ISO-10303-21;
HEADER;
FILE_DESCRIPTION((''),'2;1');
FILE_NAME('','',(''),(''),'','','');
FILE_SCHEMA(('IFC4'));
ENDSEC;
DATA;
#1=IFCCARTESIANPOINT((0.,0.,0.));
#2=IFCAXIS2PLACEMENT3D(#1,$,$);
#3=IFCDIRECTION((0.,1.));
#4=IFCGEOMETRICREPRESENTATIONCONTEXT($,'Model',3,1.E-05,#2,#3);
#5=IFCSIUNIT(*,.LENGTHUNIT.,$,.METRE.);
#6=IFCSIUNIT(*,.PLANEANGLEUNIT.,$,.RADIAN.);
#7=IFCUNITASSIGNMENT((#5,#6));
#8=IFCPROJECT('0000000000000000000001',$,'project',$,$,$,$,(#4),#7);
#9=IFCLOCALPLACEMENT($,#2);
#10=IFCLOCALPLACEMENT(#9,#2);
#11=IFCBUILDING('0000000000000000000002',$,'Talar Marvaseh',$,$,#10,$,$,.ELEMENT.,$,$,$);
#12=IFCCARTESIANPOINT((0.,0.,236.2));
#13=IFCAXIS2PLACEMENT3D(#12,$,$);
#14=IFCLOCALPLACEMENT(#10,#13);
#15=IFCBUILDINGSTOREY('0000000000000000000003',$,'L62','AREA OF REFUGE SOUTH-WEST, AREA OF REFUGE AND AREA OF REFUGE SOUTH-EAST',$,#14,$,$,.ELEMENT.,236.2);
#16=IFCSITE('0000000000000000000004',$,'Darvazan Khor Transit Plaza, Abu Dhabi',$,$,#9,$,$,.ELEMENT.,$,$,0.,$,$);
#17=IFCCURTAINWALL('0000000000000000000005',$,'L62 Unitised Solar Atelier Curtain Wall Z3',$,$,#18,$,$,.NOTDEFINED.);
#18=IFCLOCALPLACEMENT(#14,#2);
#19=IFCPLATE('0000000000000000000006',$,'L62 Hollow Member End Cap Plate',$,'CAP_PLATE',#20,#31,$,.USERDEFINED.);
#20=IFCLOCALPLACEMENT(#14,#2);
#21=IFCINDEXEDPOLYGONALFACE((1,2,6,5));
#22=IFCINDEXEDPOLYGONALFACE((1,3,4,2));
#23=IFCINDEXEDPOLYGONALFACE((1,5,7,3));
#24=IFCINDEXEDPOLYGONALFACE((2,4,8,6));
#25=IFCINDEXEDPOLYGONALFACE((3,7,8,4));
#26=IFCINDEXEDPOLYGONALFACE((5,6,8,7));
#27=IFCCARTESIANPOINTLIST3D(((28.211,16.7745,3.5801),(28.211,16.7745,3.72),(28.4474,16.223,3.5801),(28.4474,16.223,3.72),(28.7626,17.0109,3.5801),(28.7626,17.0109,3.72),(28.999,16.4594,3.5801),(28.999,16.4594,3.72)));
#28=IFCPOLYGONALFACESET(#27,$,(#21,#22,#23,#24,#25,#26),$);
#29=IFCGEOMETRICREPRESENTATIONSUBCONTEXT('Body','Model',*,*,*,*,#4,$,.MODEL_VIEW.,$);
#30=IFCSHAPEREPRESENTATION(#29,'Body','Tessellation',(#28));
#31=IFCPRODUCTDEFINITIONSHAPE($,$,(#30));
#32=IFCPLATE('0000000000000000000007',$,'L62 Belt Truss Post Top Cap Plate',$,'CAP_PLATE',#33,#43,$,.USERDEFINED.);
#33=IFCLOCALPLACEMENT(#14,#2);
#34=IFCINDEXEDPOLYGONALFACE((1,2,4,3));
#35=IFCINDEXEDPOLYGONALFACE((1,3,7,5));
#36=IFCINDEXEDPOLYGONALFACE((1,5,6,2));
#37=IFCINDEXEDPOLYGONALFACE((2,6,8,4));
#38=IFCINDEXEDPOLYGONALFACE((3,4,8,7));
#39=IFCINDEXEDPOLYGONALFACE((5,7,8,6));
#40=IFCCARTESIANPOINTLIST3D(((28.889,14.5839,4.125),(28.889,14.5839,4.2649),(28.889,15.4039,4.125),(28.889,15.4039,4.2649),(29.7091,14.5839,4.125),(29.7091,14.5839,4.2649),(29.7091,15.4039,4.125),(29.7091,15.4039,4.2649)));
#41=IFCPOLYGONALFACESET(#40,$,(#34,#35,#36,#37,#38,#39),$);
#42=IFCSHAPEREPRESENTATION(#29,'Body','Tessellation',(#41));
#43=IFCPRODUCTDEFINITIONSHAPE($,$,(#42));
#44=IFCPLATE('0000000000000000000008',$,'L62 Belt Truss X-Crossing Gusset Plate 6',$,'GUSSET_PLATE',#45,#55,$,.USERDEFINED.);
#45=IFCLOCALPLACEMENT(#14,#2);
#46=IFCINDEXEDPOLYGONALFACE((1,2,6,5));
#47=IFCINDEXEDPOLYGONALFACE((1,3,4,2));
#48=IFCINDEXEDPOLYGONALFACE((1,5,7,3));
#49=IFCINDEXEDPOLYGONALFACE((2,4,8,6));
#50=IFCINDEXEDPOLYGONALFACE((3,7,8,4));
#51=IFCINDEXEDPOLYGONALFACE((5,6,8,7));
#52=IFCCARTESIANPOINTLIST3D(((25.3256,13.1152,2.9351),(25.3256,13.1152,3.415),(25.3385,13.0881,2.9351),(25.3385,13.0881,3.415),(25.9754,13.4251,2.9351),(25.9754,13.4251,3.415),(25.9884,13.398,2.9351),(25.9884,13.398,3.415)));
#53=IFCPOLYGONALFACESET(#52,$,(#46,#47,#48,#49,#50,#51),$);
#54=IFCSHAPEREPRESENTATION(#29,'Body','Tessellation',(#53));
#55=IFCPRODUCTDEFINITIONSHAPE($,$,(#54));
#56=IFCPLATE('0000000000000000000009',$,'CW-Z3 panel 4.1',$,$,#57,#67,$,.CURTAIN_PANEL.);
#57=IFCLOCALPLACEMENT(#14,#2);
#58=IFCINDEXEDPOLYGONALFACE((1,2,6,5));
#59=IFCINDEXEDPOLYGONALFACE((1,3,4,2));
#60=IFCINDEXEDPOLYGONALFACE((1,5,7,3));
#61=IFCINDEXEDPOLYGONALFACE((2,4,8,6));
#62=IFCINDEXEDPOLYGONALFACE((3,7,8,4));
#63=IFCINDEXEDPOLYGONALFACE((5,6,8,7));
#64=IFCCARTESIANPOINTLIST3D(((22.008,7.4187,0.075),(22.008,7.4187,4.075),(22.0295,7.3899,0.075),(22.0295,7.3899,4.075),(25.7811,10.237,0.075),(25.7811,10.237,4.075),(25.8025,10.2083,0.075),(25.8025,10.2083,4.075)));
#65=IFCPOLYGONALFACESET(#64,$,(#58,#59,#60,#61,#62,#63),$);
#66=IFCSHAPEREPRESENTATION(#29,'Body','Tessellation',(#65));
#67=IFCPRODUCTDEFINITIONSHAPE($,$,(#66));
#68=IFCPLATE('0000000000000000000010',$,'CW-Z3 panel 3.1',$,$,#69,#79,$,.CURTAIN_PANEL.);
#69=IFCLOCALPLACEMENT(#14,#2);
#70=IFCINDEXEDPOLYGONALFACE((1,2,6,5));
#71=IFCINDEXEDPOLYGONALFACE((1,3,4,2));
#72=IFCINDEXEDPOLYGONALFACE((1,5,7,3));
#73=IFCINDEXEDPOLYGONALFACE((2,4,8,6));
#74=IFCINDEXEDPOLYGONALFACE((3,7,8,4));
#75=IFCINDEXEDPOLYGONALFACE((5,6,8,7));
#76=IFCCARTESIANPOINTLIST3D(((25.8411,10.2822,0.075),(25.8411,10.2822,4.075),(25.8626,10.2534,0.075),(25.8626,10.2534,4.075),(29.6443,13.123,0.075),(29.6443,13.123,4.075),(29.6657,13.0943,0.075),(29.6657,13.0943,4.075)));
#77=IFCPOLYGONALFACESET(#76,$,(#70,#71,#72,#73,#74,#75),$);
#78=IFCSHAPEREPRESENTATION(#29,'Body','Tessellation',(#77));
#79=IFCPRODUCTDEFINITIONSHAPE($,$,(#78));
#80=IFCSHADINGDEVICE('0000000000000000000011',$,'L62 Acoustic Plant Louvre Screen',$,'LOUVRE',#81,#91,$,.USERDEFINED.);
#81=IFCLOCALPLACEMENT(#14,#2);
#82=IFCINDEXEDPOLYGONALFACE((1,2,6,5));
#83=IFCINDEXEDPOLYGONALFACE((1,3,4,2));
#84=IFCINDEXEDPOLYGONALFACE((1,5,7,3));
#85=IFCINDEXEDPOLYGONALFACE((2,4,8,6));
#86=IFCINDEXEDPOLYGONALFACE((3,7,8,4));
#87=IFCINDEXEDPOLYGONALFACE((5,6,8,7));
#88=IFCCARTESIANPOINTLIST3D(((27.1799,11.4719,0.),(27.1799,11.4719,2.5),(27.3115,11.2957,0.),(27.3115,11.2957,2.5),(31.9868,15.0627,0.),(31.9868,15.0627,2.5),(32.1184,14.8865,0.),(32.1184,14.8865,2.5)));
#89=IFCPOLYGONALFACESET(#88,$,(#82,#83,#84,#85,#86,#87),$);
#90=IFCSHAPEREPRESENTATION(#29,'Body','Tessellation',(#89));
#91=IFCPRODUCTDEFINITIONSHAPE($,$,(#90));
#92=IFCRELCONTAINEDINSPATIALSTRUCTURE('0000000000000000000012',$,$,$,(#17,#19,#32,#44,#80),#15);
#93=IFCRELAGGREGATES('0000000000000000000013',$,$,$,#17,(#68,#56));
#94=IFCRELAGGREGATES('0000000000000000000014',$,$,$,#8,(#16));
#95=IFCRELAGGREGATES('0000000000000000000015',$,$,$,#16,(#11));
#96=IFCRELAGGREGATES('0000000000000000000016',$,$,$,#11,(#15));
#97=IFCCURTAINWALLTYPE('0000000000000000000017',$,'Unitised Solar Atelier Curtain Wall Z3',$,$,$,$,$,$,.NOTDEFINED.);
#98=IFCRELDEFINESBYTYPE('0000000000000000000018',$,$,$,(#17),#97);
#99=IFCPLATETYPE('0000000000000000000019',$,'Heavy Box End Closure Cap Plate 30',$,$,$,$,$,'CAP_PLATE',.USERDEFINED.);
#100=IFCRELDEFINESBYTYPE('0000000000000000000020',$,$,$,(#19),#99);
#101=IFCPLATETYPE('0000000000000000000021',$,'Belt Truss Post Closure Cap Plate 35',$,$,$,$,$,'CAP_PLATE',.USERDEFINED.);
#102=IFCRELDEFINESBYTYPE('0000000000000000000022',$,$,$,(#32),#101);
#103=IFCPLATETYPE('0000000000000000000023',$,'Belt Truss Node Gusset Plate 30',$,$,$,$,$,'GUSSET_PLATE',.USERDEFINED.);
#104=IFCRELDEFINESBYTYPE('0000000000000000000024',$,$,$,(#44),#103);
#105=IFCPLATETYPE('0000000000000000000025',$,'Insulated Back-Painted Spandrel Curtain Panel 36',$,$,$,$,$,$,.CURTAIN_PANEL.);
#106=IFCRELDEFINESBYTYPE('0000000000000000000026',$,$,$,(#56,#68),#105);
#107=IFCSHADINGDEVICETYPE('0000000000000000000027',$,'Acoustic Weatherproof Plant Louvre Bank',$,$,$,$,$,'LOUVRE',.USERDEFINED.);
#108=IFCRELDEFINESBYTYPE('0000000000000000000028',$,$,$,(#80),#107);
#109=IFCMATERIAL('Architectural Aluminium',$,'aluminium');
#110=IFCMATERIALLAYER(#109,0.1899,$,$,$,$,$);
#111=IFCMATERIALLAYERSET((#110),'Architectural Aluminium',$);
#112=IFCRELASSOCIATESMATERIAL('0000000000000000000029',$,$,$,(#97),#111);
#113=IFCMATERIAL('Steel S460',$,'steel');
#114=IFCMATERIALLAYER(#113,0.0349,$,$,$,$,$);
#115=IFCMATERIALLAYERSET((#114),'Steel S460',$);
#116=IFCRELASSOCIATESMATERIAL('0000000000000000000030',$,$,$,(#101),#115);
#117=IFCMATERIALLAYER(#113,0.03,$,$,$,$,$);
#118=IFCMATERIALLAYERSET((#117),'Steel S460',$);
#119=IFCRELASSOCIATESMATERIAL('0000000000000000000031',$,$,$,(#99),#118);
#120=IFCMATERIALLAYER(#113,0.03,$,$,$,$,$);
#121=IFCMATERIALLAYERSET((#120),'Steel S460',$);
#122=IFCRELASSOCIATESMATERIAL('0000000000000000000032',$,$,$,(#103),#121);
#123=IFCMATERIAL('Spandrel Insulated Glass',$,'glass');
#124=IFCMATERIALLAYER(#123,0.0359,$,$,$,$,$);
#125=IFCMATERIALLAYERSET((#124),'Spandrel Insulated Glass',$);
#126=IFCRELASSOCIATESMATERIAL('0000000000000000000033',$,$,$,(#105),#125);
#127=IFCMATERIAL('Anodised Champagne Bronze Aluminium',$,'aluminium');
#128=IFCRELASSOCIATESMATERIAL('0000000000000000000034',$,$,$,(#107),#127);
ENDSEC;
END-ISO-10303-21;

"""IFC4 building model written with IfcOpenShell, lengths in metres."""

from ifc_helpers import new_model, si_unit, direction, frame, origin, origin_2d, place, context, subcontext, project, spatial, rectangle, extrude, source, transform, mapped, material, layer, layer_set, type_object, type_shapes, element, aggregate, save


model = new_model("IFC4")

# Units and contexts
model_context = context("Model", 3, precision=1e-05, world=origin(), true_north=direction((0.0, 1.0)))
body_context = subcontext(model_context, "Body", "Model", "MODEL_VIEW")
ifc_project = project(units=[si_unit("LENGTHUNIT", "METRE"), si_unit("PLANEANGLEUNIT", "RADIAN")], contexts=[model_context])

# Site, building, storey
site_placement = place(None, origin())
site = spatial("IfcSite", under=ifc_project, at=site_placement, Name="Darvazan Khor Transit Plaza, Abu Dhabi", CompositionType="ELEMENT", RefElevation=0.0)
building_placement = place(site_placement, origin())
building = spatial("IfcBuilding", under=site, at=building_placement, Name="Talar Marvaseh", CompositionType="ELEMENT")
storey_placement = place(building_placement, frame((0.0, 0.0, 236.2)))
storey = spatial("IfcBuildingStorey", under=building, at=storey_placement, Name="L62", Description="AREA OF REFUGE SOUTH-WEST, AREA OF REFUGE AND AREA OF REFUGE SOUTH-EAST", CompositionType="ELEMENT", Elevation=236.2)

# Shared definitions
ifc_material_1 = material(Name="Steel S460", Category="steel")

# Curtain wall
ifc_material_2 = material(Name="Architectural Aluminium", Category="aluminium")
ifc_layer_1 = layer(ifc_material_2, 0.1899)
ifc_layer_set_1 = layer_set([ifc_layer_1], Name="Architectural Aluminium")
curtain_wall_type = type_object("IfcCurtainWallType", Name="Unitised Solar Atelier Curtain Wall Z3", PredefinedType="NOTDEFINED", material=ifc_layer_set_1)
curtain_wall_placement = place(storey_placement, origin())
curtain_wall = element("IfcCurtainWall", 1, at=curtain_wall_placement, inside=storey, type_object=curtain_wall_type, Name="L62 Unitised Solar Atelier Curtain Wall Z3", PredefinedType="NOTDEFINED")

# Plates
ifc_layer_2 = layer(ifc_material_1, 0.0349)
ifc_layer_set_2 = layer_set([ifc_layer_2], Name="Steel S460")
plate_type_1 = type_object("IfcPlateType", Name="Belt Truss Post Closure Cap Plate 35", ElementType="CAP_PLATE", PredefinedType="USERDEFINED", material=ifc_layer_set_2)
ifc_layer_3 = layer(ifc_material_1, 0.03)
ifc_layer_set_3 = layer_set([ifc_layer_3], Name="Steel S460")
plate_type_2 = type_object("IfcPlateType", Name="Heavy Box End Closure Cap Plate 30", ElementType="CAP_PLATE", PredefinedType="USERDEFINED", material=ifc_layer_set_3)
shared_shape_1 = source(origin(), body_context, "Body", "SweptSolid", [
    extrude(rectangle(XDim=0.6001, YDim=0.6001, at=origin_2d()), origin(), (0.0, 0.0, 1.0), 0.1399),
])
type_shapes(plate_type_2, [shared_shape_1])
for number, where, z_axis, x_axis, name in (
    (2, (28.605, 16.6169, 3.5801), (0.0, 0.0, 1.0), (-0.393942, 0.919135, 0.0), "L62 Hollow Member End Cap Plate"),
):
    element("IfcPlate", number, at=place(storey_placement, frame(where, z_axis=z_axis, x_axis=x_axis)), inside=storey, type_object=plate_type_2, Name=name, ObjectType="CAP_PLATE", PredefinedType="USERDEFINED", context=body_context, shape_type="MappedRepresentation", body=[
        mapped(shared_shape_1, transform((0.0, 0.0, 0.0), x_axis=(1.0, 0.0, 0.0), y_axis=(0.0, 1.0, 0.0), z_axis=(0.0, 0.0, 1.0), scale=1.0)),
    ])
shared_shape_2 = source(origin(), body_context, "Body", "SweptSolid", [
    extrude(rectangle(XDim=0.8201, YDim=0.8201, at=origin_2d()), origin(), (0.0, 0.0, 1.0), 0.1399),
])
plate_1_placement = place(storey_placement, frame((29.2991, 14.9939, 4.125), z_axis=(0.0, 0.0, 1.0), x_axis=(1.0, 0.0, 0.0)))
element("IfcPlate", 3, at=plate_1_placement, inside=storey, type_object=plate_type_1, Name="L62 Belt Truss Post Top Cap Plate", ObjectType="CAP_PLATE", PredefinedType="USERDEFINED", context=body_context, shape_type="MappedRepresentation", body=[
    mapped(shared_shape_2, transform((0.0, 0.0, 0.0), x_axis=(1.0, 0.0, 0.0), y_axis=(0.0, 1.0, 0.0), z_axis=(0.0, 0.0, 1.0), scale=1.0)),
])
ifc_layer_4 = layer(ifc_material_1, 0.03)
ifc_layer_set_4 = layer_set([ifc_layer_4], Name="Steel S460")
plate_type_3 = type_object("IfcPlateType", Name="Belt Truss Node Gusset Plate 30", ElementType="GUSSET_PLATE", PredefinedType="USERDEFINED", material=ifc_layer_set_4)
shared_shape_3 = source(origin(), body_context, "Body", "SweptSolid", [
    extrude(rectangle(XDim=0.72, YDim=0.03, at=origin_2d()), origin(), (0.0, 0.0, 1.0), 0.48),
])
type_shapes(plate_type_3, [shared_shape_3])
plate_2_placement = place(storey_placement, frame((25.657, 13.2566, 2.9351), z_axis=(0.0, 0.0, 1.0), x_axis=(-0.902585, -0.430511, 0.0)))
element("IfcPlate", 4, at=plate_2_placement, inside=storey, type_object=plate_type_3, Name="L62 Belt Truss X-Crossing Gusset Plate 6", ObjectType="GUSSET_PLATE", PredefinedType="USERDEFINED", context=body_context, shape_type="MappedRepresentation", body=[
    mapped(shared_shape_3, transform((0.0, 0.0, 0.0), x_axis=(1.0, 0.0, 0.0), y_axis=(0.0, 1.0, 0.0), z_axis=(0.0, 0.0, 1.0), scale=1.0)),
])

# Plates
ifc_material_3 = material(Name="Spandrel Insulated Glass", Category="glass")
ifc_layer_5 = layer(ifc_material_3, 0.0359)
ifc_layer_set_5 = layer_set([ifc_layer_5], Name="Spandrel Insulated Glass")
plate_type_4 = type_object("IfcPlateType", Name="Insulated Back-Painted Spandrel Curtain Panel 36", PredefinedType="CURTAIN_PANEL", material=ifc_layer_set_5)
shared_shape_4 = source(origin(), body_context, "Body", "SweptSolid", [
    extrude(rectangle(XDim=4.7095, YDim=0.0359, at=origin_2d()), origin(), (0.0, 0.0, 1.0), 4.0),
])
plate_3_placement = place(storey_placement, frame((23.9053, 8.8135, 0.075), z_axis=(0.0, 0.0, 1.0), x_axis=(-0.801162, -0.598448, 0.0)))
plate_3 = element("IfcPlate", 5, at=plate_3_placement, type_object=plate_type_4, Name="CW-Z3 panel 4.1", PredefinedType="CURTAIN_PANEL", context=body_context, shape_type="MappedRepresentation", body=[
    mapped(shared_shape_4, transform((0.0, 0.0, 0.0), x_axis=(1.0, 0.0, 0.0), y_axis=(0.0, 1.0, 0.0), z_axis=(0.0, 0.0, 1.0), scale=1.0)),
])
shared_shape_5 = source(origin(), body_context, "Body", "SweptSolid", [
    extrude(rectangle(XDim=4.7471, YDim=0.0359, at=origin_2d()), origin(), (0.0, 0.0, 1.0), 4.0),
])
type_shapes(plate_type_4, [shared_shape_4, shared_shape_5])
plate_4_placement = place(storey_placement, frame((27.7534, 11.6882, 0.075), z_axis=(0.0, 0.0, 1.0), x_axis=(-0.801162, -0.598448, 0.0)))
plate_4 = element("IfcPlate", 6, at=plate_4_placement, type_object=plate_type_4, Name="CW-Z3 panel 3.1", PredefinedType="CURTAIN_PANEL", context=body_context, shape_type="MappedRepresentation", body=[
    mapped(shared_shape_5, transform((0.0, 0.0, 0.0), x_axis=(1.0, 0.0, 0.0), y_axis=(0.0, 1.0, 0.0), z_axis=(0.0, 0.0, 1.0), scale=1.0)),
])
aggregate(curtain_wall, [plate_4, plate_3])

# Shading device
ifc_material_4 = material(Name="Anodised Champagne Bronze Aluminium", Category="aluminium")
shading_device_type = type_object("IfcShadingDeviceType", Name="Acoustic Weatherproof Plant Louvre Bank", ElementType="LOUVRE", PredefinedType="USERDEFINED", material=ifc_material_4)
shared_shape_6 = source(origin(), body_context, "Body", "SweptSolid", [
    extrude(rectangle(XDim=6.0, YDim=0.22, at=origin_2d()), origin(), (0.0, 0.0, 1.0), 2.5),
])
type_shapes(shading_device_type, [shared_shape_6])
shading_device_placement = place(storey_placement, frame((29.6492, 13.1792, 0.0), z_axis=(0.0, 0.0, 1.0), x_axis=(-0.801149, -0.598464, 0.0)))
element("IfcShadingDevice", 7, at=shading_device_placement, inside=storey, type_object=shading_device_type, Name="L62 Acoustic Plant Louvre Screen", ObjectType="LOUVRE", PredefinedType="USERDEFINED", context=body_context, shape_type="MappedRepresentation", body=[
    mapped(shared_shape_6, transform((0.0, 0.0, 0.0), x_axis=(1.0, 0.0, 0.0), y_axis=(0.0, 1.0, 0.0), z_axis=(0.0, 0.0, 1.0), scale=1.0)),
])

save(model, "model.ifc")
